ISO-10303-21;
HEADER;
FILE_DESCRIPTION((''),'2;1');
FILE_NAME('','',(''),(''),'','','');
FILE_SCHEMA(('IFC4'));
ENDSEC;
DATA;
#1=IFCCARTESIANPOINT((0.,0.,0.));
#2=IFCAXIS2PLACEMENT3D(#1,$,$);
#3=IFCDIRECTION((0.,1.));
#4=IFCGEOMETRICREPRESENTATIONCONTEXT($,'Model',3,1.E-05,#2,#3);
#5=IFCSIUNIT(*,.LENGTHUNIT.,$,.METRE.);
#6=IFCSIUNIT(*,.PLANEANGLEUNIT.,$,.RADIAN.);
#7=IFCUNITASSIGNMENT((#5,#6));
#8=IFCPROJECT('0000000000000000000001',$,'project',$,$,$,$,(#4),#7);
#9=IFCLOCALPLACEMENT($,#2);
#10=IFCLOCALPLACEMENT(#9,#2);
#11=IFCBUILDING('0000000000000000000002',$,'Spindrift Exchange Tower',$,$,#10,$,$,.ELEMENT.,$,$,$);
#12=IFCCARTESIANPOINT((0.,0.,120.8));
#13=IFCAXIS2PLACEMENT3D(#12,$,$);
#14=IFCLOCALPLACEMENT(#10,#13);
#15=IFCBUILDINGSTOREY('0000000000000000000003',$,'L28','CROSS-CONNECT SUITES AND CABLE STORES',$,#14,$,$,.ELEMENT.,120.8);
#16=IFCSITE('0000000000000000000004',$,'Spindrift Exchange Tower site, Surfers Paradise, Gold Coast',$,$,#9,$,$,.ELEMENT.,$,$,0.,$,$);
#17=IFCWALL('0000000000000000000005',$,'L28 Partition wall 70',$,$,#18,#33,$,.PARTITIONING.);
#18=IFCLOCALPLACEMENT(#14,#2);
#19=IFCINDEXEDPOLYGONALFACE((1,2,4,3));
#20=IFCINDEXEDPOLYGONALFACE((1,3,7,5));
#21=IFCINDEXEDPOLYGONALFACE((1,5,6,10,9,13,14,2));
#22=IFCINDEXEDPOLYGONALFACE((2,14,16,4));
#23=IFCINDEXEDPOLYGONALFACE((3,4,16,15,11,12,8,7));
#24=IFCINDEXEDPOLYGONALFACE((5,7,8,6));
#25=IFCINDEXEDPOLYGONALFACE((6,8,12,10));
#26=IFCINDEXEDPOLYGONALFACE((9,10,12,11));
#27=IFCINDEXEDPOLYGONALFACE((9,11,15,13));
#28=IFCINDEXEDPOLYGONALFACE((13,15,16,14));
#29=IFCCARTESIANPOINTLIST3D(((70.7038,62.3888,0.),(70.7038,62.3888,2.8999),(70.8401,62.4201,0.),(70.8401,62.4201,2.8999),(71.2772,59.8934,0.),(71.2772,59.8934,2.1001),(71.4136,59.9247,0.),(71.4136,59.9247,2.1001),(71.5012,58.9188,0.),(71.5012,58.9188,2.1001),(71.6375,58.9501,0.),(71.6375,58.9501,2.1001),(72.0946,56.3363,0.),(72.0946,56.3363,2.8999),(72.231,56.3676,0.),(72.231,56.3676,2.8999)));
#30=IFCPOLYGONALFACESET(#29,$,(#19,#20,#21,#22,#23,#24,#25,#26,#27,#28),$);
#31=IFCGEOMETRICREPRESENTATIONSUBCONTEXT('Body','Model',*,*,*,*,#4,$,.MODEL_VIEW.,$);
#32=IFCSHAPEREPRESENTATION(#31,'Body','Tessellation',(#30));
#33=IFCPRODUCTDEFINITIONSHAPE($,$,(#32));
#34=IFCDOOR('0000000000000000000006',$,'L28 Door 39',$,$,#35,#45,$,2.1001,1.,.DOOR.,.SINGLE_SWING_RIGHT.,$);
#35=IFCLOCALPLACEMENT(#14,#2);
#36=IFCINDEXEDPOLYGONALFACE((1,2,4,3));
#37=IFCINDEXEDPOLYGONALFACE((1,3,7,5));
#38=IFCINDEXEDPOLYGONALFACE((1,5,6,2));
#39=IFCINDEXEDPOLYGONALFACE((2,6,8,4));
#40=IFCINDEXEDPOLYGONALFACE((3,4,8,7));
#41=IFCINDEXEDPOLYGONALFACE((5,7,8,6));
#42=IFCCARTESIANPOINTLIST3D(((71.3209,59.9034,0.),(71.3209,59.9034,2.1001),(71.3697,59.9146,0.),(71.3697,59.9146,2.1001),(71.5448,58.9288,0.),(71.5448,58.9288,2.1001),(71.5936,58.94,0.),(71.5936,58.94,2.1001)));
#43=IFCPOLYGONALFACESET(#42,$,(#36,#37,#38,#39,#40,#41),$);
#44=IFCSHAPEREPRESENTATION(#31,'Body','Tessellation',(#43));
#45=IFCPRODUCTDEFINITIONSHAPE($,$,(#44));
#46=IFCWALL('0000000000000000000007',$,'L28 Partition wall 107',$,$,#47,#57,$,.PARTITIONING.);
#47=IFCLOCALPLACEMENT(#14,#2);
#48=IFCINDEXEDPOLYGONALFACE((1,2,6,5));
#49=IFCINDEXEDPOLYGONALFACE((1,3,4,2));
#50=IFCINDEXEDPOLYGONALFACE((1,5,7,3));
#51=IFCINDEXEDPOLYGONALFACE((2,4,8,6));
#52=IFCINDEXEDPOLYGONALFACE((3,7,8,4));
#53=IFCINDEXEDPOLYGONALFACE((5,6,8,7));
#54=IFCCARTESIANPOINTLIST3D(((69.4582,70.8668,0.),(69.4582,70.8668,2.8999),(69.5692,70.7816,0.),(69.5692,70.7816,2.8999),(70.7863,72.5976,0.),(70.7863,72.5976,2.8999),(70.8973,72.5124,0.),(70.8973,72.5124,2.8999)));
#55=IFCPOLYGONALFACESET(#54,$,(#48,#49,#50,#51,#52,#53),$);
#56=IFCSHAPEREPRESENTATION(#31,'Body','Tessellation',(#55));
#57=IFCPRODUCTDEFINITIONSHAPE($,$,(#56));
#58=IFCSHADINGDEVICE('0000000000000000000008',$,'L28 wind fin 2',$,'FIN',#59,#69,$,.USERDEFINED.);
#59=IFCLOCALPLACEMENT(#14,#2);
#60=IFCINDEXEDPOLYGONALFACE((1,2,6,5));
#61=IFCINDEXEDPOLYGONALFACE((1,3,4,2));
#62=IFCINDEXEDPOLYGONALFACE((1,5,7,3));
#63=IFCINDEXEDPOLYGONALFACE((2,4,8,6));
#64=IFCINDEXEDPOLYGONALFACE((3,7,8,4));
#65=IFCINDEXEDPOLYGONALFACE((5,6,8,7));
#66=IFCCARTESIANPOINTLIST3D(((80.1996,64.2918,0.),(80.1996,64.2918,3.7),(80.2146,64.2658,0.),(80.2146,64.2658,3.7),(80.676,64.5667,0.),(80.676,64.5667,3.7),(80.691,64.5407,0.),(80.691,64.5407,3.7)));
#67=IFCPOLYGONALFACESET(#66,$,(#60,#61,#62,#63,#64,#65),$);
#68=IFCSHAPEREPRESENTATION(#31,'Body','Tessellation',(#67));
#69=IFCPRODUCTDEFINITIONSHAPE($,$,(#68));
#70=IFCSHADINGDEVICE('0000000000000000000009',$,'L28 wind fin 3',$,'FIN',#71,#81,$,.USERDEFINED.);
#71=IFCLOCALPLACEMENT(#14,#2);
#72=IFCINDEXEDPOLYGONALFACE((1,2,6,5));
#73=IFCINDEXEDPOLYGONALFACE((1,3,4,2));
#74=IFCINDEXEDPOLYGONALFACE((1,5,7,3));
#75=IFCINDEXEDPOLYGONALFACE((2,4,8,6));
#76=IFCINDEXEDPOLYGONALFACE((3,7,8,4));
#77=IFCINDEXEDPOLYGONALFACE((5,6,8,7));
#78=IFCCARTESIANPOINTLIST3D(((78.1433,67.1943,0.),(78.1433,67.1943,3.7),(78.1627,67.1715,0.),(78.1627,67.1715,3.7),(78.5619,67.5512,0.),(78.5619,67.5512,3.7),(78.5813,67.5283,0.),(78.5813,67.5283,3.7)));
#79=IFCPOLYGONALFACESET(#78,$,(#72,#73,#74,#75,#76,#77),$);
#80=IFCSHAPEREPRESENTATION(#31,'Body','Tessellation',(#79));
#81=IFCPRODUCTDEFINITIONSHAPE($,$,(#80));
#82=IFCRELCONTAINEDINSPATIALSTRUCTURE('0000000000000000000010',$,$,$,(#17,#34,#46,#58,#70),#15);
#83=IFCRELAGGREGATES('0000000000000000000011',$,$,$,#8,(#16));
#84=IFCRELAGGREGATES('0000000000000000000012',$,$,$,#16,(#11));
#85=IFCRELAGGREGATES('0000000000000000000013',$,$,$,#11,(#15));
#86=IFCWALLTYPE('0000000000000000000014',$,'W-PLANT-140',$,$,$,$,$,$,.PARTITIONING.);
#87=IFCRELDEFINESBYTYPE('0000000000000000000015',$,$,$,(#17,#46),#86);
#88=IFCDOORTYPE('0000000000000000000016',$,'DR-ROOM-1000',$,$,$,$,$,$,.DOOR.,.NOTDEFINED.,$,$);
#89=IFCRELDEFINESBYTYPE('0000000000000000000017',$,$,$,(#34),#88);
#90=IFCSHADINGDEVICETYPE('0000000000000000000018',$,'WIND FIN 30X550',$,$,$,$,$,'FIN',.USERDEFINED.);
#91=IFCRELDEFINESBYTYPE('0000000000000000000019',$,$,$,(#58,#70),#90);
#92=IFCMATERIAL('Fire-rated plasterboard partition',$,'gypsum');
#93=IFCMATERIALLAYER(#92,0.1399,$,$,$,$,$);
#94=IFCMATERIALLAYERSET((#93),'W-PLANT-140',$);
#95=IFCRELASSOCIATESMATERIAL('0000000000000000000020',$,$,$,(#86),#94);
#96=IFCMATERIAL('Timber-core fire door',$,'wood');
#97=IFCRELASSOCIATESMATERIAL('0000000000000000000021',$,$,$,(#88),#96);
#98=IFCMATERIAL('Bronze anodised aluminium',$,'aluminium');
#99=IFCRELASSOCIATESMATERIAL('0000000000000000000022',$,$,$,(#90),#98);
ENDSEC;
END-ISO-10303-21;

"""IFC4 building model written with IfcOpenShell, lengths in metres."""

from ifc_helpers import new_model, si_unit, direction, frame, frame_2d, origin, origin_2d, place, context, subcontext, project, spatial, rectangle, extrude, source, transform, mapped, material, layer, layer_set, material_profile, profile_set, type_object, element, fill, save


model = new_model("IFC4")

# Units and contexts
model_context = context("Model", 3, precision=1e-05, world=origin(), true_north=direction((0.0, 1.0)))
body_context = subcontext(model_context, "Body", "Model", "MODEL_VIEW")
ifc_project = project(units=[si_unit("LENGTHUNIT", "METRE"), si_unit("PLANEANGLEUNIT", "RADIAN")], contexts=[model_context])

# Site, building, storey
site_placement = place(None, origin())
site = spatial("IfcSite", under=ifc_project, at=site_placement, Name="Spindrift Exchange Tower site, Surfers Paradise, Gold Coast", CompositionType="ELEMENT", RefElevation=0.0)
building_placement = place(site_placement, origin())
building = spatial("IfcBuilding", under=site, at=building_placement, Name="Spindrift Exchange Tower", CompositionType="ELEMENT")
storey_placement = place(building_placement, frame((0.0, 0.0, 120.8)))
storey = spatial("IfcBuildingStorey", under=building, at=storey_placement, Name="L28", Description="CROSS-CONNECT SUITES AND CABLE STORES", CompositionType="ELEMENT", Elevation=120.8)

# Shared definitions
ifc_material_1 = material(Name="Bronze anodised aluminium", Category="aluminium")

# Shared definitions
ifc_material_2 = material(Name="Fire-rated plasterboard partition", Category="gypsum")

# Wall, opening, door
ifc_layer_1 = layer(ifc_material_2, 0.1399)
ifc_layer_set_1 = layer_set([ifc_layer_1], Name="W-PLANT-140")
wall_type_1 = type_object("IfcWallType", Name="W-PLANT-140", PredefinedType="PARTITIONING", material=ifc_layer_set_1)
wall_1_placement = place(storey_placement, frame((70.772, 62.4043, 0.0), z_axis=(0.0, 0.0, 1.0), x_axis=(0.223964, -0.974598, 0.0)))
wall_1 = element("IfcWall", 1, at=wall_1_placement, inside=storey, type_object=wall_type_1, Name="L28 Partition wall 70", PredefinedType="PARTITIONING", context=body_context, shape_type="SweptSolid", body=[
    extrude(rectangle(XDim=6.2102, YDim=0.1399, at=frame_2d((3.105, 0.0))), origin(), (0.0, 0.0, 1.0), 2.8999),
])
opening_placement = place(wall_1_placement, frame((2.5603, 0.0, 0.0)))
opening = element("IfcOpeningElement", 2, at=opening_placement, cuts=wall_1, PredefinedType="OPENING", context=body_context, shape_type="SweptSolid", body=[
    extrude(rectangle(XDim=1.0, YDim=2.1001, at=frame_2d((0.5, 1.05))), frame((0.0, 0.0798, 0.0), z_axis=(0.0, -1.0, 0.0), x_axis=(1.0, 0.0, 0.0)), (0.0, 0.0, 1.0), 0.1599),
])
ifc_material_3 = material(Name="Timber-core fire door", Category="wood")
door_type = type_object("IfcDoorType", Name="DR-ROOM-1000", OperationType="NOTDEFINED", PredefinedType="DOOR", material=ifc_material_3)
shared_shape_1 = source(origin(), body_context, "Body", "SweptSolid", [
    extrude(rectangle(XDim=1.0, YDim=2.1001, at=frame_2d((0.5, 1.05))), frame((0.0, 0.0249, 0.0), z_axis=(0.0, -1.0, 0.0), x_axis=(1.0, 0.0, 0.0)), (0.0, 0.0, 1.0), 0.05),
])
door_placement = place(opening_placement, origin())
door = element("IfcDoor", 3, at=door_placement, inside=storey, type_object=door_type, Name="L28 Door 39", OperationType="SINGLE_SWING_RIGHT", OverallHeight=2.1001, OverallWidth=1.0, PredefinedType="DOOR", context=body_context, shape_type="MappedRepresentation", body=[
    mapped(shared_shape_1, transform((0.0, 0.0, 0.0), scale=1.0)),
])
fill(opening, door)

# Wall
wall_2_placement = place(storey_placement, frame((69.5137, 70.8242, 0.0), z_axis=(0.0, 0.0, 1.0), x_axis=(0.608791, 0.793331, 0.0)))
element("IfcWall", 4, at=wall_2_placement, inside=storey, type_object=wall_type_1, Name="L28 Partition wall 107", PredefinedType="PARTITIONING", context=body_context, shape_type="SweptSolid", body=[
    extrude(rectangle(XDim=2.1816, YDim=0.1399, at=frame_2d((1.0908, 0.0))), origin(), (0.0, 0.0, 1.0), 2.8999),
])

# Shading devices
ifc_material_profile_1 = material_profile(ifc_material_1, rectangle(XDim=0.03, YDim=0.55, at=origin_2d()), Name="WIND FIN 30X550")
ifc_profile_set_1 = profile_set([ifc_material_profile_1], Name="Bronze anodised aluminium")
shading_device_type = type_object("IfcShadingDeviceType", Name="WIND FIN 30X550", ElementType="FIN", PredefinedType="USERDEFINED", material=ifc_profile_set_1)
shared_shape_2 = source(origin(), body_context, "Body", "SweptSolid", [
    extrude(rectangle(XDim=0.03, YDim=0.55, at=origin_2d()), origin(), (0.0, 0.0, 1.0), 3.7),
])
for number, where, z_axis, x_axis, name in (
    (5, (80.4453, 64.4163, 0.0), (0.0, 0.0, 1.0), (-0.499849, 0.866113, 0.0), "L28 wind fin 2"),
    (6, (78.3623, 67.3613, 0.0), (0.0, 0.0, 1.0), (-0.648732, 0.761017, 0.0), "L28 wind fin 3"),
):
    element("IfcShadingDevice", number, at=place(storey_placement, frame(where, z_axis=z_axis, x_axis=x_axis)), inside=storey, type_object=shading_device_type, Name=name, ObjectType="FIN", PredefinedType="USERDEFINED", context=body_context, shape_type="MappedRepresentation", body=[
        mapped(shared_shape_2, transform((0.0, 0.0, 0.0), scale=1.0)),
    ])

save(model, "model.ifc")
